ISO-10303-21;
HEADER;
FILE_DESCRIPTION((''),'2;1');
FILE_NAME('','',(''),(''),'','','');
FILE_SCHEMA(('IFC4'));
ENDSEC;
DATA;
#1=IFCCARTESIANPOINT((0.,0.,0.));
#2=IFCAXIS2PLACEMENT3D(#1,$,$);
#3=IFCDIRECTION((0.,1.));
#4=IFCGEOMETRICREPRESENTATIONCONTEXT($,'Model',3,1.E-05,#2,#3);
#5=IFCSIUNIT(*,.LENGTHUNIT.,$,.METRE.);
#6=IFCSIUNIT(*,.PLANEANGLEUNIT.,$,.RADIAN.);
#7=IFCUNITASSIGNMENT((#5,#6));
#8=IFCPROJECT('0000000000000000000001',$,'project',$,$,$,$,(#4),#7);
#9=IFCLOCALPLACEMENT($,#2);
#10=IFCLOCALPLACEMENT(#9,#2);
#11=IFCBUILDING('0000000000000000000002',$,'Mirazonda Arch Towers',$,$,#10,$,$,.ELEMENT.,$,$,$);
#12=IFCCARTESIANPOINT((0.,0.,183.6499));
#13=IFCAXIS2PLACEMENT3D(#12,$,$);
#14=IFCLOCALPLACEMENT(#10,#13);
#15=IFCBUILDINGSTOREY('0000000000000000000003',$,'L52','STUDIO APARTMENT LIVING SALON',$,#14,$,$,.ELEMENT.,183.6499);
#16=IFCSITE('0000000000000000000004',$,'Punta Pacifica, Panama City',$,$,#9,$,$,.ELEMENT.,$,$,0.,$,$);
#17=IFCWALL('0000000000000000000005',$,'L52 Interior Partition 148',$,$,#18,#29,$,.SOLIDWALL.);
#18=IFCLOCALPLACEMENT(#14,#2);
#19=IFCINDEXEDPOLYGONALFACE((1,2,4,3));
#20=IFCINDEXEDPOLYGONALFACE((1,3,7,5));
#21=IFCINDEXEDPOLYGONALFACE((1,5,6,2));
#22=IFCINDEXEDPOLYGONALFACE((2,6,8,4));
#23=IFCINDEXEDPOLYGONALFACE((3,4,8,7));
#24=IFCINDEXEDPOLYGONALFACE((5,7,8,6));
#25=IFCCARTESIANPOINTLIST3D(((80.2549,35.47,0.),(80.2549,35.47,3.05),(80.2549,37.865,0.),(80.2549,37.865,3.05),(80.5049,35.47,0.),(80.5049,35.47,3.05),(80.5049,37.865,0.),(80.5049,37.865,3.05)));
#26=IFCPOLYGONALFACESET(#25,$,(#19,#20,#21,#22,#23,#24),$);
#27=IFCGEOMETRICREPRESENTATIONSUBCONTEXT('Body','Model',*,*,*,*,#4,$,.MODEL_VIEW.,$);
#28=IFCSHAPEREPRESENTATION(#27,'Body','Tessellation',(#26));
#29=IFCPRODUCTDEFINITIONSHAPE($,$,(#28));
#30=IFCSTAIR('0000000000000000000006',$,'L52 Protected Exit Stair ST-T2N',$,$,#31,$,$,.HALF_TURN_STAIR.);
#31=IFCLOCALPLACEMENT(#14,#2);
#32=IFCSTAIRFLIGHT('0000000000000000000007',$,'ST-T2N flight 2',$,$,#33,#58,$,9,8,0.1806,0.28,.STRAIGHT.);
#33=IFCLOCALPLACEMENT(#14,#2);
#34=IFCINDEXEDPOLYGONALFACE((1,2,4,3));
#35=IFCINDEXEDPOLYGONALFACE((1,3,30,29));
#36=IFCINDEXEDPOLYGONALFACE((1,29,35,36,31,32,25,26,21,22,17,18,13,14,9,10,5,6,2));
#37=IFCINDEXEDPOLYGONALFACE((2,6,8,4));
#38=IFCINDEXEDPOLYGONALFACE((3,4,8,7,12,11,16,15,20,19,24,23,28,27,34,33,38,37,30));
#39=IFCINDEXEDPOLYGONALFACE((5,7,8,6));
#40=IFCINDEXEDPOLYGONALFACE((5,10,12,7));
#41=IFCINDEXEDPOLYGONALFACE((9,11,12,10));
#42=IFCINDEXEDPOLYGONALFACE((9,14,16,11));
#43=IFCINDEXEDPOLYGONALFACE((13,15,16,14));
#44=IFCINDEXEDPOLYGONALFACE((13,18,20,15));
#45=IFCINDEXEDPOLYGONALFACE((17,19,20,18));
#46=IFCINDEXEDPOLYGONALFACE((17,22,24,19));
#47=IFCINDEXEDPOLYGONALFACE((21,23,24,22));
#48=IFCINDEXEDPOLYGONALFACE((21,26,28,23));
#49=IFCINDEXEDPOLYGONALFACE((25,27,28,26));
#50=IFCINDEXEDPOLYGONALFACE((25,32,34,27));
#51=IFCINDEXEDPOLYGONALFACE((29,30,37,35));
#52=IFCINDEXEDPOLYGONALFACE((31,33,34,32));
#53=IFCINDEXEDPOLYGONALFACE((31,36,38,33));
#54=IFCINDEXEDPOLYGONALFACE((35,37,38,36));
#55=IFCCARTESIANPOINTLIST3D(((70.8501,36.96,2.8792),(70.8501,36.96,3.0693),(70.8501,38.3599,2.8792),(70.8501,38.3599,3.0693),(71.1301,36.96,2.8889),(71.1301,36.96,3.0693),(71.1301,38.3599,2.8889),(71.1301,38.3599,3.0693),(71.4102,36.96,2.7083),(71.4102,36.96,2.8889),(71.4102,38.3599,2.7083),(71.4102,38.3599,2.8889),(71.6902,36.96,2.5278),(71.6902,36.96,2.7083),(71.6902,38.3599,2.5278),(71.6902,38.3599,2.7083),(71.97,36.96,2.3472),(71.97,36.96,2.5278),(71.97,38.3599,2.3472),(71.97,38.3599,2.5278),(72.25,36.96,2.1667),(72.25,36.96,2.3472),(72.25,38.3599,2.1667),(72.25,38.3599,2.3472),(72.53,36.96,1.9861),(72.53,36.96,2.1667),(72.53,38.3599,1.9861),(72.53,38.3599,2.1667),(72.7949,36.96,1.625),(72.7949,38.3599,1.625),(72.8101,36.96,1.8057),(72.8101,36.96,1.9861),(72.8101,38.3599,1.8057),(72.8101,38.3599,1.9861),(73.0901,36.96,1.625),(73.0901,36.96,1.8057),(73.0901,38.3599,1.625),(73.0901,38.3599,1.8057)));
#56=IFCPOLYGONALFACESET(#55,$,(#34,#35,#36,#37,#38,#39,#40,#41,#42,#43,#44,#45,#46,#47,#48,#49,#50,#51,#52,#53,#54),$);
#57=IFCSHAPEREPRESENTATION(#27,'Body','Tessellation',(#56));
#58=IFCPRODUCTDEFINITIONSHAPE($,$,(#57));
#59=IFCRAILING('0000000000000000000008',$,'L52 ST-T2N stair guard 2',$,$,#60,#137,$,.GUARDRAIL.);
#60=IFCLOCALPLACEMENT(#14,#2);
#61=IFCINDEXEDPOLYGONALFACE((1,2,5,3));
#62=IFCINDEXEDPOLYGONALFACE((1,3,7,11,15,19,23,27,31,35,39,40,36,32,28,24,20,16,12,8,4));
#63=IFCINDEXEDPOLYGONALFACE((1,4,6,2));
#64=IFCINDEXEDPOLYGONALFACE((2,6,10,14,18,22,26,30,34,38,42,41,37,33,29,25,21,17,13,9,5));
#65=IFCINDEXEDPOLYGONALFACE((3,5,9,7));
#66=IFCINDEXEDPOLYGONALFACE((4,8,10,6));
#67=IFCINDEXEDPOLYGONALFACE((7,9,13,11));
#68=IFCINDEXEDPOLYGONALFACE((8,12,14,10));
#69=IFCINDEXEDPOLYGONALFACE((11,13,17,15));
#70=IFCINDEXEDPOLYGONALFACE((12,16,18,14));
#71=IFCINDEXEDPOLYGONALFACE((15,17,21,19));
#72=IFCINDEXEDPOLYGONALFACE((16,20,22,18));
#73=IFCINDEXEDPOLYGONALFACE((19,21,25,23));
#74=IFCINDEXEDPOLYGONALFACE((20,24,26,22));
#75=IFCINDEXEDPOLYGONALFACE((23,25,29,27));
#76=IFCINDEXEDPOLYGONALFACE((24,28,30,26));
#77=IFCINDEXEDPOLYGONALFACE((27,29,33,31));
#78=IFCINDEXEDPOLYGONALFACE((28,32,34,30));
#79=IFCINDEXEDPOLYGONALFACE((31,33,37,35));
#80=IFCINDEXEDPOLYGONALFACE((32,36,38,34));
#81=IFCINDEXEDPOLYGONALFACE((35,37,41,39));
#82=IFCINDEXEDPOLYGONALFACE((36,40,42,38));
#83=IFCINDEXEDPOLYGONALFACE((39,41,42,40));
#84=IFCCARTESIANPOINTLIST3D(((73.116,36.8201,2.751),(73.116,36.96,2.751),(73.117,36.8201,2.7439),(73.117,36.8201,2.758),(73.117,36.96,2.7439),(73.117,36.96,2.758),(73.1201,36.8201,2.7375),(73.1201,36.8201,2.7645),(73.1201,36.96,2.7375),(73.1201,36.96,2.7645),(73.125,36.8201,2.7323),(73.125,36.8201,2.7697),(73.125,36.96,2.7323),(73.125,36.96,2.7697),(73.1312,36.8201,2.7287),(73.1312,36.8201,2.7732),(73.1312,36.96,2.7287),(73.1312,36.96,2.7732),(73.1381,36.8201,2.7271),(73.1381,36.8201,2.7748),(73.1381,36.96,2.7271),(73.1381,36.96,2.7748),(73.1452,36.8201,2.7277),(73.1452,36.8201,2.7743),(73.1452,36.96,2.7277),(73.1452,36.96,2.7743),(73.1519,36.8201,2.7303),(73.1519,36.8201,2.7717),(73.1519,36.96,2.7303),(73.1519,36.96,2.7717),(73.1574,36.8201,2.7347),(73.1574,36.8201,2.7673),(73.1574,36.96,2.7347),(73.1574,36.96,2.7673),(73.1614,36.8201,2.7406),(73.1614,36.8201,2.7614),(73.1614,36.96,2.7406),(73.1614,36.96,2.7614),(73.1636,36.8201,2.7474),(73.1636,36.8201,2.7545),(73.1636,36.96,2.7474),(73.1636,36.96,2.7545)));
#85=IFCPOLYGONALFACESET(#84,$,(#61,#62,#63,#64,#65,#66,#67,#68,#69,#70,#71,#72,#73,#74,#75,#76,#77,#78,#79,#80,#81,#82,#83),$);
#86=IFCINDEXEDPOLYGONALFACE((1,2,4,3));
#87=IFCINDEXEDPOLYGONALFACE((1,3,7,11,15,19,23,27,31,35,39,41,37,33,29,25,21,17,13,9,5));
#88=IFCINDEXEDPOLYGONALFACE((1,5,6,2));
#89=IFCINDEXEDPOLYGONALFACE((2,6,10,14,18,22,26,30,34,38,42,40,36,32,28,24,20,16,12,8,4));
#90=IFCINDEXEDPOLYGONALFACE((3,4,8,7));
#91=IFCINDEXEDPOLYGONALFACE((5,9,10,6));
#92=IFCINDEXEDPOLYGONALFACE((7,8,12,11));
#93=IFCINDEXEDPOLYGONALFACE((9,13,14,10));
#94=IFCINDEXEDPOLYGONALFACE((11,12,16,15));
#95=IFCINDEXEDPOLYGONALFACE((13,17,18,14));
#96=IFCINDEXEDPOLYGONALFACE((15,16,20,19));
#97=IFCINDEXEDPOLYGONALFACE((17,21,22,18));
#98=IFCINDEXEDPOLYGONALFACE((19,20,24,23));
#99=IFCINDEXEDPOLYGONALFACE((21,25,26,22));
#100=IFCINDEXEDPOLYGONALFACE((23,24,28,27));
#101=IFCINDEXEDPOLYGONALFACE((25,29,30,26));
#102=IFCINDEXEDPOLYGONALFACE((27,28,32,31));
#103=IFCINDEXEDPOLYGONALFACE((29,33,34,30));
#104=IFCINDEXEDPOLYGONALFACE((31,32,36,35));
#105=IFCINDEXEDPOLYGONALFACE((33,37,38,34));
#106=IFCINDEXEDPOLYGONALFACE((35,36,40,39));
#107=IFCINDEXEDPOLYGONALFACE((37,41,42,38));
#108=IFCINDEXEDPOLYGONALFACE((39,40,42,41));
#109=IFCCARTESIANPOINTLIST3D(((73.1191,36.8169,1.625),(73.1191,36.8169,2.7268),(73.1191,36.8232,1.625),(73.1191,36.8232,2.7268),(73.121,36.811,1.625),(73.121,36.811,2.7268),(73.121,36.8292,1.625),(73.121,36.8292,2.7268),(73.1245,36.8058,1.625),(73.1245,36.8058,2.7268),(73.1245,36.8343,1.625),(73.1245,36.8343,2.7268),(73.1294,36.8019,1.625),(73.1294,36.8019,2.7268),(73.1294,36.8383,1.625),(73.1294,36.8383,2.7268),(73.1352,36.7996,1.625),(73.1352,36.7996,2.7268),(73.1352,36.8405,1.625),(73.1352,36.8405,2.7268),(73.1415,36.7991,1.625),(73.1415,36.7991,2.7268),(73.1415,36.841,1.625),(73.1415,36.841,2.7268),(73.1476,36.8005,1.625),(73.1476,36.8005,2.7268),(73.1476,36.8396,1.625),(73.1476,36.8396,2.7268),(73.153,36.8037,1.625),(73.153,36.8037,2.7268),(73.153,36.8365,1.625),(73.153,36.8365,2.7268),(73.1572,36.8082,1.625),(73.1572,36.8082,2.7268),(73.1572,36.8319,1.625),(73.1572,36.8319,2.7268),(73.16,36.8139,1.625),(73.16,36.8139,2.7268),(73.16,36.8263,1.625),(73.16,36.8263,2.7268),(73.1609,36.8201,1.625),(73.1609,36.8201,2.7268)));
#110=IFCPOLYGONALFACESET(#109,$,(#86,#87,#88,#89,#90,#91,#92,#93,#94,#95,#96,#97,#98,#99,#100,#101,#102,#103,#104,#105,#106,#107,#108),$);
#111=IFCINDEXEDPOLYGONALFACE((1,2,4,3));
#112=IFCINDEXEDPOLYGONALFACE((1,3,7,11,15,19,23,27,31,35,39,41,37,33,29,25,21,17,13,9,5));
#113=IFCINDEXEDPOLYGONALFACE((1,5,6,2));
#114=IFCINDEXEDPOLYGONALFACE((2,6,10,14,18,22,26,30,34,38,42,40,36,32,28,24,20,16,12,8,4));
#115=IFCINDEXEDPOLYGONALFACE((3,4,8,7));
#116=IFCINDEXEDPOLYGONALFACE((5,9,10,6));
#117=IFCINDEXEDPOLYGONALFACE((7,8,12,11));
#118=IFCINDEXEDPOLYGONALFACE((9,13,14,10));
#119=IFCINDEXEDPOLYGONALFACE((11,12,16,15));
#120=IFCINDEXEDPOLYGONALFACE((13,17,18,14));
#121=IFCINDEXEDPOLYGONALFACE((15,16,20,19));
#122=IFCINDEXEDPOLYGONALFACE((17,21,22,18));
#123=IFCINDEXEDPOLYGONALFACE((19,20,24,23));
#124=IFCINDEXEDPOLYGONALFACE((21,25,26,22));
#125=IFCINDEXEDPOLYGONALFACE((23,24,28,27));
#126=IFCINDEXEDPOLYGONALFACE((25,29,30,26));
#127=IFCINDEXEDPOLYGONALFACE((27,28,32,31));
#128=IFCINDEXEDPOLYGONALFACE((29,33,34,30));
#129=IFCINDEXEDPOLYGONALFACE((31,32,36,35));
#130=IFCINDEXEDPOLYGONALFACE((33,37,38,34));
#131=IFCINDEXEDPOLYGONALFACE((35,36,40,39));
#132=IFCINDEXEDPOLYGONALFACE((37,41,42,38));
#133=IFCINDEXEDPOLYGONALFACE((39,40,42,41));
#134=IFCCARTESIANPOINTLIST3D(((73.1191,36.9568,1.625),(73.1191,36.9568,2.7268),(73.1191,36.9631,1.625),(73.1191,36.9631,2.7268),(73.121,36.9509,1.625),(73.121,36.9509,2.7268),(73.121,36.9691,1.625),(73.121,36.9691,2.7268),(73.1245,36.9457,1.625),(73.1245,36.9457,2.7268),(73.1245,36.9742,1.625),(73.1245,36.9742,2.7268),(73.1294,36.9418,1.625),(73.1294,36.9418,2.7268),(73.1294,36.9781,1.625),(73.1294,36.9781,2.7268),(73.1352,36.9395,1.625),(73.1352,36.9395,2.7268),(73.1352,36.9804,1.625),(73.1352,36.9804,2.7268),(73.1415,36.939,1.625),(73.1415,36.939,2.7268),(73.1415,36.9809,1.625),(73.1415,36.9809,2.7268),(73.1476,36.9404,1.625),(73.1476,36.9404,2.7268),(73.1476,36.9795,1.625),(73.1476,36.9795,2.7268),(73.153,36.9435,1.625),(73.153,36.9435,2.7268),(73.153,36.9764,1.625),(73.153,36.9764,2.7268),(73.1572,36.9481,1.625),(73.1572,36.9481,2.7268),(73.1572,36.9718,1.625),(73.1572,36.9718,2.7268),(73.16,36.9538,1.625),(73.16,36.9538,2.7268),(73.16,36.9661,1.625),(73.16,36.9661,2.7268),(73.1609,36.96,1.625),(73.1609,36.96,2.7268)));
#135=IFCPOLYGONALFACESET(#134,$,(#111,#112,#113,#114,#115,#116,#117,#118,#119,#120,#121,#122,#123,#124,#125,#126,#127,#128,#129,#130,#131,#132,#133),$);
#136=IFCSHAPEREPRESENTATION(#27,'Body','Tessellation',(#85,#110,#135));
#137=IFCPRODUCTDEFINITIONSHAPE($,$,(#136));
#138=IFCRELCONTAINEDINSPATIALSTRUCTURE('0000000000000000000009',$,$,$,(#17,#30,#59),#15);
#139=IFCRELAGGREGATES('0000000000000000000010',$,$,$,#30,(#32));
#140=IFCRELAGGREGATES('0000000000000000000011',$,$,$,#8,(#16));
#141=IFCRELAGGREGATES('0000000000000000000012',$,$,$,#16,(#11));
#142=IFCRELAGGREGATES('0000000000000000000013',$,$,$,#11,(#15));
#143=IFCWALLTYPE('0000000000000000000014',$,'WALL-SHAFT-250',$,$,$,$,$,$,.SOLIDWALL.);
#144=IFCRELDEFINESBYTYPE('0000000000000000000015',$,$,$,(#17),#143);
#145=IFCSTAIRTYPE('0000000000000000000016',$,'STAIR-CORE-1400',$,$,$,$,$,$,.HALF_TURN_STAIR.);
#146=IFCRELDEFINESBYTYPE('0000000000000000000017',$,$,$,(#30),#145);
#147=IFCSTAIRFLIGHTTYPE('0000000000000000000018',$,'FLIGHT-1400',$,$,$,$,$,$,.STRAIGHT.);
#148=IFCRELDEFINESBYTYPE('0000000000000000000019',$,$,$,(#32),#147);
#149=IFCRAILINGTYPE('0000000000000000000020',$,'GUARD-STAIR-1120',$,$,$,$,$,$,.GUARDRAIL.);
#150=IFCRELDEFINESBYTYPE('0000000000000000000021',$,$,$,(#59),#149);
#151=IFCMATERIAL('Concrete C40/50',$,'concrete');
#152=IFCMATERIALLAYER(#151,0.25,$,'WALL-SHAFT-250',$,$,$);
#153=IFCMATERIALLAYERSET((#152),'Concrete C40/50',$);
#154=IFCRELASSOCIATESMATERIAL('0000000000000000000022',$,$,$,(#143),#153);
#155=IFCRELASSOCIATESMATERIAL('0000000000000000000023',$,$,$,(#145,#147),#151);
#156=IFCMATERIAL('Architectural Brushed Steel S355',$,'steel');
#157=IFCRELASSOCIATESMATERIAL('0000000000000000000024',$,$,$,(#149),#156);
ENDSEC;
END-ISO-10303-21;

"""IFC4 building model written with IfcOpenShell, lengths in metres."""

from ifc_helpers import new_model, si_unit, direction, frame, frame_2d, origin, origin_2d, place, context, subcontext, project, spatial, polyline, rectangle, circle, outline, extrude, material, layer, layer_set, type_object, element, aggregate, save


model = new_model("IFC4")

# Units and contexts
model_context = context("Model", 3, precision=1e-05, world=origin(), true_north=direction((0.0, 1.0)))
body_context = subcontext(model_context, "Body", "Model", "MODEL_VIEW")
ifc_project = project(units=[si_unit("LENGTHUNIT", "METRE"), si_unit("PLANEANGLEUNIT", "RADIAN")], contexts=[model_context])

# Site, building, storey
site_placement = place(None, origin())
site = spatial("IfcSite", under=ifc_project, at=site_placement, Name="Punta Pacifica, Panama City", CompositionType="ELEMENT", RefElevation=0.0)
building_placement = place(site_placement, origin())
building = spatial("IfcBuilding", under=site, at=building_placement, Name="Mirazonda Arch Towers", CompositionType="ELEMENT")
storey_placement = place(building_placement, frame((0.0, 0.0, 183.6499)))
storey = spatial("IfcBuildingStorey", under=building, at=storey_placement, Name="L52", Description="STUDIO APARTMENT LIVING SALON", CompositionType="ELEMENT", Elevation=183.6499)

# Shared definitions
ifc_material_1 = material(Name="Concrete C40/50", Category="concrete")

# Shared definitions
ifc_material_2 = material(Name="Architectural Brushed Steel S355", Category="steel")

# Wall
ifc_layer_1 = layer(ifc_material_1, 0.25, Name="WALL-SHAFT-250")
ifc_layer_set_1 = layer_set([ifc_layer_1], Name="Concrete C40/50")
wall_type_1 = type_object("IfcWallType", Name="WALL-SHAFT-250", PredefinedType="SOLIDWALL", material=ifc_layer_set_1)
wall_1_placement = place(storey_placement, frame((80.3799, 35.47, 0.0), z_axis=(0.0, 0.0, 1.0), x_axis=(0.0, 1.0, 0.0)))
element("IfcWall", 1, at=wall_1_placement, inside=storey, type_object=wall_type_1, Name="L52 Interior Partition 148", PredefinedType="SOLIDWALL", context=body_context, shape_type="SweptSolid", body=[
    extrude(rectangle(XDim=2.395, YDim=0.25, at=frame_2d((1.1975, 0.0))), origin(), (0.0, 0.0, 1.0), 3.05),
])

# Stair, stair flight
stair_type = type_object("IfcStairType", Name="STAIR-CORE-1400", PredefinedType="HALF_TURN_STAIR", material=ifc_material_1)
stair_placement = place(storey_placement, origin())
stair = element("IfcStair", 2, at=stair_placement, inside=storey, type_object=stair_type, Name="L52 Protected Exit Stair ST-T2N", PredefinedType="HALF_TURN_STAIR")
stair_flight_type = type_object("IfcStairFlightType", Name="FLIGHT-1400", PredefinedType="STRAIGHT", material=ifc_material_1)
stair_flight_placement = place(storey_placement, frame((73.0901, 37.6599, 1.625), z_axis=(0.0, 0.0, 1.0), x_axis=(-1.0, 0.0, 0.0)))
stair_flight = element("IfcStairFlight", 3, at=stair_flight_placement, type_object=stair_flight_type, Name="ST-T2N flight 2", NumberOfRisers=9, NumberOfTreads=8, PredefinedType="STRAIGHT", RiserHeight=0.1806, TreadLength=0.28, context=body_context, shape_type="SweptSolid", body=[
    extrude(outline(polyline([(0.0, 0.0), (0.0, 0.1807), (0.28, 0.1807), (0.28, 0.3611), (0.5601, 0.3611), (0.5601, 0.5417), (0.8401, 0.5417), (0.8401, 0.7222), (1.1201, 0.7222), (1.1201, 0.9028), (1.3999, 0.9028), (1.3999, 1.0833), (1.6799, 1.0833), (1.6799, 1.2639), (1.96, 1.2639), (1.96, 1.4443), (2.24, 1.4443), (2.24, 1.625), (2.24, 1.2542), (0.2952, 0.0), (0.0, 0.0)])), frame((0.0, 0.7, 0.0), z_axis=(0.0, -1.0, 0.0), x_axis=(1.0, 0.0, 0.0)), (0.0, 0.0, 1.0), 1.3999),
])
aggregate(stair, [stair_flight])

# Railing
railing_type_1 = type_object("IfcRailingType", Name="GUARD-STAIR-1120", PredefinedType="GUARDRAIL", material=ifc_material_2)
railing_1_placement = place(storey_placement, frame((73.1399, 36.8201, 1.625)))
element("IfcRailing", 4, at=railing_1_placement, inside=storey, type_object=railing_type_1, Name="L52 ST-T2N stair guard 2", PredefinedType="GUARDRAIL", context=body_context, shape_type="SweptSolid", body=[
    extrude(circle(Radius=0.0239, at=origin_2d()), frame((0.0, 0.0, 1.126), z_axis=(0.0, 1.0, 0.0), x_axis=(-1.0, 0.0, 0.0)), (0.0, 0.0, 1.0), 0.1399),
    extrude(circle(Radius=0.021, at=origin_2d()), origin(), (0.0, 0.0, 1.0), 1.1018),
    extrude(circle(Radius=0.021, at=origin_2d()), frame((0.0, 0.1399, 0.0)), (0.0, 0.0, 1.0), 1.1018),
])

save(model, "model.ifc")
